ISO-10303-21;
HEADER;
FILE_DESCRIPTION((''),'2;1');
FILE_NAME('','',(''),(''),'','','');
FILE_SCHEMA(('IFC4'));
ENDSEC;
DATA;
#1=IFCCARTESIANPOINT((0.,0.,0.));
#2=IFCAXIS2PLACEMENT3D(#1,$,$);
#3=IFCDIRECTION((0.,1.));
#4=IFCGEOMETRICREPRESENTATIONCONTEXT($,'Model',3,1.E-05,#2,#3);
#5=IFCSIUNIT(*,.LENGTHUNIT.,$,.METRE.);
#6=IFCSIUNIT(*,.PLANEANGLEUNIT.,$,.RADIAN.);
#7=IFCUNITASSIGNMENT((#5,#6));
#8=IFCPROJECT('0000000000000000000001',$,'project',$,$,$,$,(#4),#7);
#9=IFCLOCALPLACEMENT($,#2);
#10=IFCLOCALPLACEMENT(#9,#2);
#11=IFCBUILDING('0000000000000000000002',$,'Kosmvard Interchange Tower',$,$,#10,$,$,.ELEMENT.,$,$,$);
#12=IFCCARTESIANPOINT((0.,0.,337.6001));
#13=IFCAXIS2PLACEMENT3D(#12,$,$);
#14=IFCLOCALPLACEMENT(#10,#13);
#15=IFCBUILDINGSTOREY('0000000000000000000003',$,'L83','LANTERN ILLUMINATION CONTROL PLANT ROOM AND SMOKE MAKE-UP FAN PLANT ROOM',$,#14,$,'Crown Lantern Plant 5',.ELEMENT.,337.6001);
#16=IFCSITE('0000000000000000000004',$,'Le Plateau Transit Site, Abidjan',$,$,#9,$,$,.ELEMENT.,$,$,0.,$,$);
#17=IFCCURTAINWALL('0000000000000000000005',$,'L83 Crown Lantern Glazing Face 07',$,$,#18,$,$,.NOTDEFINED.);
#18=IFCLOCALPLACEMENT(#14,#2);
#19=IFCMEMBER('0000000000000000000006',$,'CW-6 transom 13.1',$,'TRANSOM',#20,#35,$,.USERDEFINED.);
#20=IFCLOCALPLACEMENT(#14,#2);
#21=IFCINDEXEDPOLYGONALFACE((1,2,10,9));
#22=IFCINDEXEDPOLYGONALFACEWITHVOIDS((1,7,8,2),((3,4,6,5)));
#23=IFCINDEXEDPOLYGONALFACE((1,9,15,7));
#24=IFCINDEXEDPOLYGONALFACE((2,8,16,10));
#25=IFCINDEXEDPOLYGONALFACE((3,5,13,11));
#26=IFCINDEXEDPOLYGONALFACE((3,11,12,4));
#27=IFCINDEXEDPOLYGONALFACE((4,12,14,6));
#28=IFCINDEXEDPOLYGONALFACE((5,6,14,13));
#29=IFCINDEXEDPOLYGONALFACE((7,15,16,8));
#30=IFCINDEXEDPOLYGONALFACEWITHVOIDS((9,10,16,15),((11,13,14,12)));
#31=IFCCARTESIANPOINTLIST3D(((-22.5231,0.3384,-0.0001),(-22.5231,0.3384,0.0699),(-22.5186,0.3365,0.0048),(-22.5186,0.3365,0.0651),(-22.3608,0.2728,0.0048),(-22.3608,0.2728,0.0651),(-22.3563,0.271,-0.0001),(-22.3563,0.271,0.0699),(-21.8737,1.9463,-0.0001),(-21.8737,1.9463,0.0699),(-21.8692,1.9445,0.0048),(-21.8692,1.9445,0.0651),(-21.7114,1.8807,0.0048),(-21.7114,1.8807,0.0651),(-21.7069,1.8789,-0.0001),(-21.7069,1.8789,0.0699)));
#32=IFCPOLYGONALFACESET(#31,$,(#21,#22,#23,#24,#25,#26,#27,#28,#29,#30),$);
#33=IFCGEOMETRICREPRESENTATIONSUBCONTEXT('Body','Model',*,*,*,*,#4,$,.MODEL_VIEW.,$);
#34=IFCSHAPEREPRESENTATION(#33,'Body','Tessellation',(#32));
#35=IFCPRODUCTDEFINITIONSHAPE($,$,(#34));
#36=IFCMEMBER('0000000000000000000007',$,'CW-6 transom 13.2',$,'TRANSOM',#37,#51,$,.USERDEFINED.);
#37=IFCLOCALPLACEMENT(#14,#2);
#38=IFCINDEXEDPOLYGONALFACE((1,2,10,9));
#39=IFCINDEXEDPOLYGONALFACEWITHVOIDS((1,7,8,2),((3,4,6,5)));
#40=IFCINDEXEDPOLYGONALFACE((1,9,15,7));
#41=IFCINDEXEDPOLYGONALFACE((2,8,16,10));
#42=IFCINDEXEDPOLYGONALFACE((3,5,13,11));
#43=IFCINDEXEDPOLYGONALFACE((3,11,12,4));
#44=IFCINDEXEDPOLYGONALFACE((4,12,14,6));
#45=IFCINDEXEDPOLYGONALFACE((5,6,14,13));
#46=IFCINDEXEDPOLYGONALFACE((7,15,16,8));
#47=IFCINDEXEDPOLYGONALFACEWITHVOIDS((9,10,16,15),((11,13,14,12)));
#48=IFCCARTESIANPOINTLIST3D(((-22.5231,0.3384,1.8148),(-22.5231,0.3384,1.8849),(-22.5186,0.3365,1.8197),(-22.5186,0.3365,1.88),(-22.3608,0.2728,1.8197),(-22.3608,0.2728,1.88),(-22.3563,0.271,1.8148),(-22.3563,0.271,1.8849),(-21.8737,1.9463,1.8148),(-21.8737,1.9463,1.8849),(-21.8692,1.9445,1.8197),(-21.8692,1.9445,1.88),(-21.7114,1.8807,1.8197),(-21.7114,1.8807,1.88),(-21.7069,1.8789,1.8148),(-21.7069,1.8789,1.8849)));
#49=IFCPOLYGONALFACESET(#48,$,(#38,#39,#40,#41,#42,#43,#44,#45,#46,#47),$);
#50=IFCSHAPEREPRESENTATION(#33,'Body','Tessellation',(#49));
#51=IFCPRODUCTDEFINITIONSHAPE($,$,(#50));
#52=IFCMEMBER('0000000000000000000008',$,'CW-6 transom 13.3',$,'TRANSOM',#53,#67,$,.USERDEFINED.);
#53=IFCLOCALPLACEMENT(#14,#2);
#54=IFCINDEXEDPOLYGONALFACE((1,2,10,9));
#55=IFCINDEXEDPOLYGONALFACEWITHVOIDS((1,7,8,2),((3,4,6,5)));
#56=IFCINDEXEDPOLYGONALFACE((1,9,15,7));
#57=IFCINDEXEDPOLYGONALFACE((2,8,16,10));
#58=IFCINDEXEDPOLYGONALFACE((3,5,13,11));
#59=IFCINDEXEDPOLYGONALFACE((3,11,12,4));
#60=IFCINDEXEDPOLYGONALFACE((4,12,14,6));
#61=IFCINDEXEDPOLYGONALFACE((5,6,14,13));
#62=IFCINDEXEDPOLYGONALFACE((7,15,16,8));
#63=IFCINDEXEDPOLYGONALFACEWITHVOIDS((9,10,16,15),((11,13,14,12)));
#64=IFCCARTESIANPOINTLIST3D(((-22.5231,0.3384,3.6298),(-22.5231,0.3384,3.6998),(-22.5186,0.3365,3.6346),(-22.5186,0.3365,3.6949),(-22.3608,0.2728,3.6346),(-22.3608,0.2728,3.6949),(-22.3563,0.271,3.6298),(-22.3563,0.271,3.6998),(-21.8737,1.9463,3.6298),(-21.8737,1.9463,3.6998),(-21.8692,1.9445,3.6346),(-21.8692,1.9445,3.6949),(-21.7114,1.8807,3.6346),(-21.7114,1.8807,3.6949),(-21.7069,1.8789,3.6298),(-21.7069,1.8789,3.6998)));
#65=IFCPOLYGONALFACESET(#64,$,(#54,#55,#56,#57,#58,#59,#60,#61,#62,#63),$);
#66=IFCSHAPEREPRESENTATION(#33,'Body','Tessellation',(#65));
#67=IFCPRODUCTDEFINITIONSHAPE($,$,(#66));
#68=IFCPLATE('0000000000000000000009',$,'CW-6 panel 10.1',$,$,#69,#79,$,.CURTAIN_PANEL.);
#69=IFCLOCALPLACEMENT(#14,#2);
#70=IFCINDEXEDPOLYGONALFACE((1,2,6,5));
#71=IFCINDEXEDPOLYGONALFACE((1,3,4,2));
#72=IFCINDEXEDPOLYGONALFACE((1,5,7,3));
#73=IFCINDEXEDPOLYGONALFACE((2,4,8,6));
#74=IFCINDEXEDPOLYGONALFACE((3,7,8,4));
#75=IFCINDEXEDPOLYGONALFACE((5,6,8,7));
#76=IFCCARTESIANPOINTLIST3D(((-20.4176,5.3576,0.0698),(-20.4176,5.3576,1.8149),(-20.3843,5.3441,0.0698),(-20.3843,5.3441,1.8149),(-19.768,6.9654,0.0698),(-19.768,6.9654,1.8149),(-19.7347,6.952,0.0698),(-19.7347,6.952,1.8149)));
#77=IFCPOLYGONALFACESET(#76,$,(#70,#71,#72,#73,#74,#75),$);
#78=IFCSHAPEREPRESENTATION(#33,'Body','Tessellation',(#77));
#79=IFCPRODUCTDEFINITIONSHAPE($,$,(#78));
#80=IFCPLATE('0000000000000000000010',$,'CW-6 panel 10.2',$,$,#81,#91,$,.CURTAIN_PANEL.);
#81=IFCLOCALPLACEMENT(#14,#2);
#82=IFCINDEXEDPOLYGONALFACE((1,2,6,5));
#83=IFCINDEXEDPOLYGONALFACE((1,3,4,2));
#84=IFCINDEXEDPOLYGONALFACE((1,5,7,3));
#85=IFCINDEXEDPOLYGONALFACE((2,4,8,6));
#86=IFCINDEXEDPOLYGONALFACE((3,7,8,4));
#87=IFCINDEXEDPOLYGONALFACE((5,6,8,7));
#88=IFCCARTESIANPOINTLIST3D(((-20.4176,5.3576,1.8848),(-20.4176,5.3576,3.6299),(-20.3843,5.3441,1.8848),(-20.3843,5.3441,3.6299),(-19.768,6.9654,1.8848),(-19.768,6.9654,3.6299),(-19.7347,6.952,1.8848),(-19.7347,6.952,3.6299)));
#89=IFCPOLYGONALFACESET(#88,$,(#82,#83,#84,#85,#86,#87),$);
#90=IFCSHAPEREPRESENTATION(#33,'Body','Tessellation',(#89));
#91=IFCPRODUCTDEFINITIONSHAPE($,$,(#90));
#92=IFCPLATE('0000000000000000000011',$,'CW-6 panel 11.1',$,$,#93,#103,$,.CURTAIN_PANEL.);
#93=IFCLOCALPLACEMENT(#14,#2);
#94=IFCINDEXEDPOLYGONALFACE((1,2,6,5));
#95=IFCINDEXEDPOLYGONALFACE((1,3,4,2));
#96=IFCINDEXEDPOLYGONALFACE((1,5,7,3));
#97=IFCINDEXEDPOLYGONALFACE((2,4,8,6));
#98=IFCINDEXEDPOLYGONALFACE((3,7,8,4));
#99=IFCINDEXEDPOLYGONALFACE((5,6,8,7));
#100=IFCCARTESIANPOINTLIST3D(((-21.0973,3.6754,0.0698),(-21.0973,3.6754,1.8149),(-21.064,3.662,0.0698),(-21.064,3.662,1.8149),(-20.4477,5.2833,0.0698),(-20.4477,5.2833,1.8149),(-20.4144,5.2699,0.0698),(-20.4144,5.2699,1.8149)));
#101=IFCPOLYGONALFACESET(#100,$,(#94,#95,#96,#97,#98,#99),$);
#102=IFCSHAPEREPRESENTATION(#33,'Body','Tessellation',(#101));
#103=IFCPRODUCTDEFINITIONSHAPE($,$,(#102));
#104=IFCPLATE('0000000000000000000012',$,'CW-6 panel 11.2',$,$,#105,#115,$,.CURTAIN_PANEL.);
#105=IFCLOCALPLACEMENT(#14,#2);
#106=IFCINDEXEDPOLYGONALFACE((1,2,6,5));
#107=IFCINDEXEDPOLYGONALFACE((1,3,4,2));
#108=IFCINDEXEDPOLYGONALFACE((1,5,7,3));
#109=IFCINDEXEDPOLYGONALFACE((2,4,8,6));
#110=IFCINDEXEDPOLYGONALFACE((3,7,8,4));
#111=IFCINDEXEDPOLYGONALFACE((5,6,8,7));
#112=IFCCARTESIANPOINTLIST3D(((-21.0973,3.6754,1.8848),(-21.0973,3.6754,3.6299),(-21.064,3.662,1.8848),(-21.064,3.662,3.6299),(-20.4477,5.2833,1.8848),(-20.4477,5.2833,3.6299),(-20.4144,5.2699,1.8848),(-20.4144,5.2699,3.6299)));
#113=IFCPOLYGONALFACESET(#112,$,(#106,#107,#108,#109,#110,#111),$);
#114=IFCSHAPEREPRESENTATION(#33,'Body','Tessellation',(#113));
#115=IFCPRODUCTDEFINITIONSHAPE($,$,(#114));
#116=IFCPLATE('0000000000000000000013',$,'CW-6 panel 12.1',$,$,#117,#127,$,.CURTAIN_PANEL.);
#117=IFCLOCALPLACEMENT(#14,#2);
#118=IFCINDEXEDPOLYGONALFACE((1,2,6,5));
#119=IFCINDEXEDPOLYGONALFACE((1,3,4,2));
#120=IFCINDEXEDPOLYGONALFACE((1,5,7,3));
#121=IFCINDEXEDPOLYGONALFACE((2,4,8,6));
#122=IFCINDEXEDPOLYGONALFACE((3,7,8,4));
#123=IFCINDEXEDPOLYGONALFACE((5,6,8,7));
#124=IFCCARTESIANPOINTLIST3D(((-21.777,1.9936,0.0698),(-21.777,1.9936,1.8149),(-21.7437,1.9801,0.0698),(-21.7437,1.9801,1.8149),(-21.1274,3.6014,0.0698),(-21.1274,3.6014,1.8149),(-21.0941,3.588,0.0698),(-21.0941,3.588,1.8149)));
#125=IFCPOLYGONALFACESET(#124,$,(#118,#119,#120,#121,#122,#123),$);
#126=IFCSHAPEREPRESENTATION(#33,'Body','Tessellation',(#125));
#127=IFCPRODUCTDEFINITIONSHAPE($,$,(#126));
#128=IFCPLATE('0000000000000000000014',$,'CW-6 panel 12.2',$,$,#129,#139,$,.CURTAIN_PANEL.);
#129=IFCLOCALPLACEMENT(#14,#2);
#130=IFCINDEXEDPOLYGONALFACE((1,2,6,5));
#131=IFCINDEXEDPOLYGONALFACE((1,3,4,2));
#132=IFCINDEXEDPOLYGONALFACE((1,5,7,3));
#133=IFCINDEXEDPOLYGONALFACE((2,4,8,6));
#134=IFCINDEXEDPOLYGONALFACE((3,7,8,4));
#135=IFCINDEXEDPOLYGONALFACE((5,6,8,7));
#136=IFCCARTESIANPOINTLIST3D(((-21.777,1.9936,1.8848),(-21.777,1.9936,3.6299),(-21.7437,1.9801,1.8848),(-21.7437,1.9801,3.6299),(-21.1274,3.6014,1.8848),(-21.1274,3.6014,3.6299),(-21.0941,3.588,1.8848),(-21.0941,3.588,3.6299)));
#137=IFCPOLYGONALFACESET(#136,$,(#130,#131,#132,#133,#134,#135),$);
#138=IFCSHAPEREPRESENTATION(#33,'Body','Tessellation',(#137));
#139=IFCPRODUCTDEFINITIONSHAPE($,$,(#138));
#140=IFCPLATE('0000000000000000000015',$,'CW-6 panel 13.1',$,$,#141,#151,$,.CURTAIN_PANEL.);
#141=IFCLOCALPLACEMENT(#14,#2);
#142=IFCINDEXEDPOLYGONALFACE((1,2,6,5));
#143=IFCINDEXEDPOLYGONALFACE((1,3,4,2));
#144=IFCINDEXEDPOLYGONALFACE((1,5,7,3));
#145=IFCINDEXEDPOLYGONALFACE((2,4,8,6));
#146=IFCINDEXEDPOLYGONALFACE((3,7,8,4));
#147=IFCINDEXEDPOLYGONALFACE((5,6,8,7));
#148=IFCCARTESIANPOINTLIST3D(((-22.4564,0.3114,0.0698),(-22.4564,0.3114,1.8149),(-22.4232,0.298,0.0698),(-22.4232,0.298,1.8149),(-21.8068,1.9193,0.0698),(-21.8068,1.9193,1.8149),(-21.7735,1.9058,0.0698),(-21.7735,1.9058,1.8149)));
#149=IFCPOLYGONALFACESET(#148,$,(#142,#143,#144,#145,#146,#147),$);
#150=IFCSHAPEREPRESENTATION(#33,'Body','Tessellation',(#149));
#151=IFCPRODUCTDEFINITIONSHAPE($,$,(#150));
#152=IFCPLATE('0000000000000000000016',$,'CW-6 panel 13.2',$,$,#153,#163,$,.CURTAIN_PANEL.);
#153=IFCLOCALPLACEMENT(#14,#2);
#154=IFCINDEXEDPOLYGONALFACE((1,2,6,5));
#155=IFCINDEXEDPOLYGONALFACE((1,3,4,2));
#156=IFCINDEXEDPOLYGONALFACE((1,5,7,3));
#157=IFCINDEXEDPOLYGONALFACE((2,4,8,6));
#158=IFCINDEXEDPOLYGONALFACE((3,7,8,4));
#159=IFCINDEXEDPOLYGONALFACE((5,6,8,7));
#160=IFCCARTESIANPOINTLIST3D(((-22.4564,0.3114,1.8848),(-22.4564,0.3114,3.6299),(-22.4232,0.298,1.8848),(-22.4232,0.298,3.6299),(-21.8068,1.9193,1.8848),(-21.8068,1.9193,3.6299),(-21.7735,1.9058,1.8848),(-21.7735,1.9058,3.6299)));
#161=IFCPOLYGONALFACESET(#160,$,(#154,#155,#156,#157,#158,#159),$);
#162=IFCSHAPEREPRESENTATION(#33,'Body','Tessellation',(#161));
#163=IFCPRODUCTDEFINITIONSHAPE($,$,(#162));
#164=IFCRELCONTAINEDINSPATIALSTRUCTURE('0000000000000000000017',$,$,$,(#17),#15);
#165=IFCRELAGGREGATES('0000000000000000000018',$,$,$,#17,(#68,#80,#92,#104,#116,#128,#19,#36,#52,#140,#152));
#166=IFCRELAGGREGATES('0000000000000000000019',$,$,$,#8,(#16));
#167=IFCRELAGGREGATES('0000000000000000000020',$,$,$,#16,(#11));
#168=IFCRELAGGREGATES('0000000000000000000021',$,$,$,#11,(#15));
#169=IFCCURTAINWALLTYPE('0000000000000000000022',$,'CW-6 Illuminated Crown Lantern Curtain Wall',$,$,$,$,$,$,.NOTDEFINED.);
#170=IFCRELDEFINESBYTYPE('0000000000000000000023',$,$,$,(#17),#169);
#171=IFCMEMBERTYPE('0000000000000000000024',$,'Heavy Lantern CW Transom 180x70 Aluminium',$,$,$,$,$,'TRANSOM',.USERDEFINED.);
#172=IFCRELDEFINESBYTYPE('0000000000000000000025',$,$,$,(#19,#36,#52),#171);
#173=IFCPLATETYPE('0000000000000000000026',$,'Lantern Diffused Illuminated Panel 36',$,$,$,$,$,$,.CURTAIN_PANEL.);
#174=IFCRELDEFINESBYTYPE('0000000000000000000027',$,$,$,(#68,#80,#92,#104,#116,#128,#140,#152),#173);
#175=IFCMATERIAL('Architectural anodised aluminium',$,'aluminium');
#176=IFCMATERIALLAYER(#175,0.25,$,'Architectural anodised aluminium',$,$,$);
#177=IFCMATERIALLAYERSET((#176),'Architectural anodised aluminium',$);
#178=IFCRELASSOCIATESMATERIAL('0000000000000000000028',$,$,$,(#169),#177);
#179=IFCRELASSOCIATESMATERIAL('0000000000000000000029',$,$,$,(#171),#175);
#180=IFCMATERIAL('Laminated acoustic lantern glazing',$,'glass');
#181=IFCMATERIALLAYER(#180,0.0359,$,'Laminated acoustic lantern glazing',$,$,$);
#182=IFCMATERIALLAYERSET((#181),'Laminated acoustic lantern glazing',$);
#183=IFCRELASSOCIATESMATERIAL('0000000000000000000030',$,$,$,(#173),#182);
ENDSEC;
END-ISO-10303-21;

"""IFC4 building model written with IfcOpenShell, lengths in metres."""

from ifc_helpers import new_model, si_unit, direction, frame, origin, origin_2d, place, context, subcontext, project, spatial, rectangle, hollow_rectangle, extrude, source, transform, mapped, material, layer, layer_set, material_profile, profile_set, type_object, element, aggregate, save


model = new_model("IFC4")

# Units and contexts
model_context = context("Model", 3, precision=1e-05, world=origin(), true_north=direction((0.0, 1.0)))
body_context = subcontext(model_context, "Body", "Model", "MODEL_VIEW")
ifc_project = project(units=[si_unit("LENGTHUNIT", "METRE"), si_unit("PLANEANGLEUNIT", "RADIAN")], contexts=[model_context])

# Site, building, storey
site_placement = place(None, origin())
site = spatial("IfcSite", under=ifc_project, at=site_placement, Name="Le Plateau Transit Site, Abidjan", CompositionType="ELEMENT", RefElevation=0.0)
building_placement = place(site_placement, origin())
building = spatial("IfcBuilding", under=site, at=building_placement, Name="Kosmvard Interchange Tower", CompositionType="ELEMENT")
storey_placement = place(building_placement, frame((0.0, 0.0, 337.6001)))
storey = spatial("IfcBuildingStorey", under=building, at=storey_placement, Name="L83", Description="LANTERN ILLUMINATION CONTROL PLANT ROOM AND SMOKE MAKE-UP FAN PLANT ROOM", LongName="Crown Lantern Plant 5", CompositionType="ELEMENT", Elevation=337.6001)

# Curtain wall, members, plates
ifc_material_1 = material(Name="Architectural anodised aluminium", Category="aluminium")
ifc_layer_1 = layer(ifc_material_1, 0.25, Name="Architectural anodised aluminium")
ifc_layer_set_1 = layer_set([ifc_layer_1], Name="Architectural anodised aluminium")
curtain_wall_type = type_object("IfcCurtainWallType", Name="CW-6 Illuminated Crown Lantern Curtain Wall", PredefinedType="NOTDEFINED", material=ifc_layer_set_1)
curtain_wall_placement = place(storey_placement, origin())
curtain_wall = element("IfcCurtainWall", 1, at=curtain_wall_placement, inside=storey, type_object=curtain_wall_type, Name="L83 Crown Lantern Glazing Face 07", PredefinedType="NOTDEFINED")
ifc_material_profile_1 = material_profile(ifc_material_1, hollow_rectangle(XDim=0.1799, YDim=0.0701, WallThickness=0.0049, at=origin_2d()), Name="CWT 180x70x5")
ifc_profile_set_1 = profile_set([ifc_material_profile_1], Name="Architectural anodised aluminium")
member_type_1 = type_object("IfcMemberType", Name="Heavy Lantern CW Transom 180x70 Aluminium", ElementType="TRANSOM", PredefinedType="USERDEFINED", material=ifc_profile_set_1)
shared_shape_1 = source(origin(), body_context, "Body", "SweptSolid", [
    extrude(hollow_rectangle(XDim=0.1799, YDim=0.0701, WallThickness=0.0049, at=origin_2d()), origin(), (0.0, 0.0, 1.0), 1.7341),
])
member_1_placement = place(storey_placement, frame((-21.7903, 1.9126, 0.0349), z_axis=(-0.374496, -0.927229, 0.0), x_axis=(0.927229, -0.374496, 0.0)))
member_1 = element("IfcMember", 2, at=member_1_placement, type_object=member_type_1, Name="CW-6 transom 13.1", ObjectType="TRANSOM", PredefinedType="USERDEFINED", context=body_context, shape_type="MappedRepresentation", body=[
    mapped(shared_shape_1, transform((0.0, 0.0, 0.0), scale=1.0)),
])
member_2_placement = place(storey_placement, frame((-21.7903, 1.9126, 1.8499), z_axis=(-0.374496, -0.927229, 0.0), x_axis=(0.927229, -0.374496, 0.0)))
member_2 = element("IfcMember", 3, at=member_2_placement, type_object=member_type_1, Name="CW-6 transom 13.2", ObjectType="TRANSOM", PredefinedType="USERDEFINED", context=body_context, shape_type="MappedRepresentation", body=[
    mapped(shared_shape_1, transform((0.0, 0.0, 0.0), scale=1.0)),
])
member_3_placement = place(storey_placement, frame((-21.7903, 1.9126, 3.6648), z_axis=(-0.374496, -0.927229, 0.0), x_axis=(0.927229, -0.374496, 0.0)))
member_3 = element("IfcMember", 4, at=member_3_placement, type_object=member_type_1, Name="CW-6 transom 13.3", ObjectType="TRANSOM", PredefinedType="USERDEFINED", context=body_context, shape_type="MappedRepresentation", body=[
    mapped(shared_shape_1, transform((0.0, 0.0, 0.0), scale=1.0)),
])
ifc_material_2 = material(Name="Laminated acoustic lantern glazing", Category="glass")
ifc_layer_2 = layer(ifc_material_2, 0.0359, Name="Laminated acoustic lantern glazing")
ifc_layer_set_2 = layer_set([ifc_layer_2], Name="Laminated acoustic lantern glazing")
plate_type = type_object("IfcPlateType", Name="Lantern Diffused Illuminated Panel 36", PredefinedType="CURTAIN_PANEL", material=ifc_layer_set_2)
shared_shape_2 = source(origin(), body_context, "Body", "SweptSolid", [
    extrude(rectangle(XDim=1.7341, YDim=0.0359, at=origin_2d()), origin(), (0.0, 0.0, 1.0), 1.7451),
])
plate_1_placement = place(storey_placement, frame((-20.0762, 6.1548, 0.0698), z_axis=(0.0, 0.0, 1.0), x_axis=(-0.374607, -0.927184, 0.0)))
plate_1 = element("IfcPlate", 5, at=plate_1_placement, type_object=plate_type, Name="CW-6 panel 10.1", PredefinedType="CURTAIN_PANEL", context=body_context, shape_type="MappedRepresentation", body=[
    mapped(shared_shape_2, transform((0.0, 0.0, 0.0), scale=1.0)),
])
plate_2_placement = place(storey_placement, frame((-20.0762, 6.1548, 1.8848), z_axis=(0.0, 0.0, 1.0), x_axis=(-0.374607, -0.927184, 0.0)))
plate_2 = element("IfcPlate", 6, at=plate_2_placement, type_object=plate_type, Name="CW-6 panel 10.2", PredefinedType="CURTAIN_PANEL", context=body_context, shape_type="MappedRepresentation", body=[
    mapped(shared_shape_2, transform((0.0, 0.0, 0.0), scale=1.0)),
])
plate_3_placement = place(storey_placement, frame((-20.7559, 4.4727, 0.0698), z_axis=(0.0, 0.0, 1.0), x_axis=(-0.374607, -0.927184, 0.0)))
plate_3 = element("IfcPlate", 7, at=plate_3_placement, type_object=plate_type, Name="CW-6 panel 11.1", PredefinedType="CURTAIN_PANEL", context=body_context, shape_type="MappedRepresentation", body=[
    mapped(shared_shape_2, transform((0.0, 0.0, 0.0), scale=1.0)),
])
plate_4_placement = place(storey_placement, frame((-20.7559, 4.4727, 1.8848), z_axis=(0.0, 0.0, 1.0), x_axis=(-0.374607, -0.927184, 0.0)))
plate_4 = element("IfcPlate", 8, at=plate_4_placement, type_object=plate_type, Name="CW-6 panel 11.2", PredefinedType="CURTAIN_PANEL", context=body_context, shape_type="MappedRepresentation", body=[
    mapped(shared_shape_2, transform((0.0, 0.0, 0.0), scale=1.0)),
])
plate_5_placement = place(storey_placement, frame((-21.4355, 2.7908, 0.0698), z_axis=(0.0, 0.0, 1.0), x_axis=(-0.374607, -0.927184, 0.0)))
plate_5 = element("IfcPlate", 9, at=plate_5_placement, type_object=plate_type, Name="CW-6 panel 12.1", PredefinedType="CURTAIN_PANEL", context=body_context, shape_type="MappedRepresentation", body=[
    mapped(shared_shape_2, transform((0.0, 0.0, 0.0), scale=1.0)),
])
plate_6_placement = place(storey_placement, frame((-21.4355, 2.7908, 1.8848), z_axis=(0.0, 0.0, 1.0), x_axis=(-0.374607, -0.927184, 0.0)))
plate_6 = element("IfcPlate", 10, at=plate_6_placement, type_object=plate_type, Name="CW-6 panel 12.2", PredefinedType="CURTAIN_PANEL", context=body_context, shape_type="MappedRepresentation", body=[
    mapped(shared_shape_2, transform((0.0, 0.0, 0.0), scale=1.0)),
])
plate_7_placement = place(storey_placement, frame((-22.115, 1.1086, 0.0698), z_axis=(0.0, 0.0, 1.0), x_axis=(-0.374607, -0.927184, 0.0)))
plate_7 = element("IfcPlate", 11, at=plate_7_placement, type_object=plate_type, Name="CW-6 panel 13.1", PredefinedType="CURTAIN_PANEL", context=body_context, shape_type="MappedRepresentation", body=[
    mapped(shared_shape_2, transform((0.0, 0.0, 0.0), scale=1.0)),
])
plate_8_placement = place(storey_placement, frame((-22.115, 1.1086, 1.8848), z_axis=(0.0, 0.0, 1.0), x_axis=(-0.374607, -0.927184, 0.0)))
plate_8 = element("IfcPlate", 12, at=plate_8_placement, type_object=plate_type, Name="CW-6 panel 13.2", PredefinedType="CURTAIN_PANEL", context=body_context, shape_type="MappedRepresentation", body=[
    mapped(shared_shape_2, transform((0.0, 0.0, 0.0), scale=1.0)),
])
aggregate(curtain_wall, [plate_1, plate_2, plate_3, plate_4, plate_5, plate_6, member_1, member_2, member_3, plate_7, plate_8])

save(model, "model.ifc")
